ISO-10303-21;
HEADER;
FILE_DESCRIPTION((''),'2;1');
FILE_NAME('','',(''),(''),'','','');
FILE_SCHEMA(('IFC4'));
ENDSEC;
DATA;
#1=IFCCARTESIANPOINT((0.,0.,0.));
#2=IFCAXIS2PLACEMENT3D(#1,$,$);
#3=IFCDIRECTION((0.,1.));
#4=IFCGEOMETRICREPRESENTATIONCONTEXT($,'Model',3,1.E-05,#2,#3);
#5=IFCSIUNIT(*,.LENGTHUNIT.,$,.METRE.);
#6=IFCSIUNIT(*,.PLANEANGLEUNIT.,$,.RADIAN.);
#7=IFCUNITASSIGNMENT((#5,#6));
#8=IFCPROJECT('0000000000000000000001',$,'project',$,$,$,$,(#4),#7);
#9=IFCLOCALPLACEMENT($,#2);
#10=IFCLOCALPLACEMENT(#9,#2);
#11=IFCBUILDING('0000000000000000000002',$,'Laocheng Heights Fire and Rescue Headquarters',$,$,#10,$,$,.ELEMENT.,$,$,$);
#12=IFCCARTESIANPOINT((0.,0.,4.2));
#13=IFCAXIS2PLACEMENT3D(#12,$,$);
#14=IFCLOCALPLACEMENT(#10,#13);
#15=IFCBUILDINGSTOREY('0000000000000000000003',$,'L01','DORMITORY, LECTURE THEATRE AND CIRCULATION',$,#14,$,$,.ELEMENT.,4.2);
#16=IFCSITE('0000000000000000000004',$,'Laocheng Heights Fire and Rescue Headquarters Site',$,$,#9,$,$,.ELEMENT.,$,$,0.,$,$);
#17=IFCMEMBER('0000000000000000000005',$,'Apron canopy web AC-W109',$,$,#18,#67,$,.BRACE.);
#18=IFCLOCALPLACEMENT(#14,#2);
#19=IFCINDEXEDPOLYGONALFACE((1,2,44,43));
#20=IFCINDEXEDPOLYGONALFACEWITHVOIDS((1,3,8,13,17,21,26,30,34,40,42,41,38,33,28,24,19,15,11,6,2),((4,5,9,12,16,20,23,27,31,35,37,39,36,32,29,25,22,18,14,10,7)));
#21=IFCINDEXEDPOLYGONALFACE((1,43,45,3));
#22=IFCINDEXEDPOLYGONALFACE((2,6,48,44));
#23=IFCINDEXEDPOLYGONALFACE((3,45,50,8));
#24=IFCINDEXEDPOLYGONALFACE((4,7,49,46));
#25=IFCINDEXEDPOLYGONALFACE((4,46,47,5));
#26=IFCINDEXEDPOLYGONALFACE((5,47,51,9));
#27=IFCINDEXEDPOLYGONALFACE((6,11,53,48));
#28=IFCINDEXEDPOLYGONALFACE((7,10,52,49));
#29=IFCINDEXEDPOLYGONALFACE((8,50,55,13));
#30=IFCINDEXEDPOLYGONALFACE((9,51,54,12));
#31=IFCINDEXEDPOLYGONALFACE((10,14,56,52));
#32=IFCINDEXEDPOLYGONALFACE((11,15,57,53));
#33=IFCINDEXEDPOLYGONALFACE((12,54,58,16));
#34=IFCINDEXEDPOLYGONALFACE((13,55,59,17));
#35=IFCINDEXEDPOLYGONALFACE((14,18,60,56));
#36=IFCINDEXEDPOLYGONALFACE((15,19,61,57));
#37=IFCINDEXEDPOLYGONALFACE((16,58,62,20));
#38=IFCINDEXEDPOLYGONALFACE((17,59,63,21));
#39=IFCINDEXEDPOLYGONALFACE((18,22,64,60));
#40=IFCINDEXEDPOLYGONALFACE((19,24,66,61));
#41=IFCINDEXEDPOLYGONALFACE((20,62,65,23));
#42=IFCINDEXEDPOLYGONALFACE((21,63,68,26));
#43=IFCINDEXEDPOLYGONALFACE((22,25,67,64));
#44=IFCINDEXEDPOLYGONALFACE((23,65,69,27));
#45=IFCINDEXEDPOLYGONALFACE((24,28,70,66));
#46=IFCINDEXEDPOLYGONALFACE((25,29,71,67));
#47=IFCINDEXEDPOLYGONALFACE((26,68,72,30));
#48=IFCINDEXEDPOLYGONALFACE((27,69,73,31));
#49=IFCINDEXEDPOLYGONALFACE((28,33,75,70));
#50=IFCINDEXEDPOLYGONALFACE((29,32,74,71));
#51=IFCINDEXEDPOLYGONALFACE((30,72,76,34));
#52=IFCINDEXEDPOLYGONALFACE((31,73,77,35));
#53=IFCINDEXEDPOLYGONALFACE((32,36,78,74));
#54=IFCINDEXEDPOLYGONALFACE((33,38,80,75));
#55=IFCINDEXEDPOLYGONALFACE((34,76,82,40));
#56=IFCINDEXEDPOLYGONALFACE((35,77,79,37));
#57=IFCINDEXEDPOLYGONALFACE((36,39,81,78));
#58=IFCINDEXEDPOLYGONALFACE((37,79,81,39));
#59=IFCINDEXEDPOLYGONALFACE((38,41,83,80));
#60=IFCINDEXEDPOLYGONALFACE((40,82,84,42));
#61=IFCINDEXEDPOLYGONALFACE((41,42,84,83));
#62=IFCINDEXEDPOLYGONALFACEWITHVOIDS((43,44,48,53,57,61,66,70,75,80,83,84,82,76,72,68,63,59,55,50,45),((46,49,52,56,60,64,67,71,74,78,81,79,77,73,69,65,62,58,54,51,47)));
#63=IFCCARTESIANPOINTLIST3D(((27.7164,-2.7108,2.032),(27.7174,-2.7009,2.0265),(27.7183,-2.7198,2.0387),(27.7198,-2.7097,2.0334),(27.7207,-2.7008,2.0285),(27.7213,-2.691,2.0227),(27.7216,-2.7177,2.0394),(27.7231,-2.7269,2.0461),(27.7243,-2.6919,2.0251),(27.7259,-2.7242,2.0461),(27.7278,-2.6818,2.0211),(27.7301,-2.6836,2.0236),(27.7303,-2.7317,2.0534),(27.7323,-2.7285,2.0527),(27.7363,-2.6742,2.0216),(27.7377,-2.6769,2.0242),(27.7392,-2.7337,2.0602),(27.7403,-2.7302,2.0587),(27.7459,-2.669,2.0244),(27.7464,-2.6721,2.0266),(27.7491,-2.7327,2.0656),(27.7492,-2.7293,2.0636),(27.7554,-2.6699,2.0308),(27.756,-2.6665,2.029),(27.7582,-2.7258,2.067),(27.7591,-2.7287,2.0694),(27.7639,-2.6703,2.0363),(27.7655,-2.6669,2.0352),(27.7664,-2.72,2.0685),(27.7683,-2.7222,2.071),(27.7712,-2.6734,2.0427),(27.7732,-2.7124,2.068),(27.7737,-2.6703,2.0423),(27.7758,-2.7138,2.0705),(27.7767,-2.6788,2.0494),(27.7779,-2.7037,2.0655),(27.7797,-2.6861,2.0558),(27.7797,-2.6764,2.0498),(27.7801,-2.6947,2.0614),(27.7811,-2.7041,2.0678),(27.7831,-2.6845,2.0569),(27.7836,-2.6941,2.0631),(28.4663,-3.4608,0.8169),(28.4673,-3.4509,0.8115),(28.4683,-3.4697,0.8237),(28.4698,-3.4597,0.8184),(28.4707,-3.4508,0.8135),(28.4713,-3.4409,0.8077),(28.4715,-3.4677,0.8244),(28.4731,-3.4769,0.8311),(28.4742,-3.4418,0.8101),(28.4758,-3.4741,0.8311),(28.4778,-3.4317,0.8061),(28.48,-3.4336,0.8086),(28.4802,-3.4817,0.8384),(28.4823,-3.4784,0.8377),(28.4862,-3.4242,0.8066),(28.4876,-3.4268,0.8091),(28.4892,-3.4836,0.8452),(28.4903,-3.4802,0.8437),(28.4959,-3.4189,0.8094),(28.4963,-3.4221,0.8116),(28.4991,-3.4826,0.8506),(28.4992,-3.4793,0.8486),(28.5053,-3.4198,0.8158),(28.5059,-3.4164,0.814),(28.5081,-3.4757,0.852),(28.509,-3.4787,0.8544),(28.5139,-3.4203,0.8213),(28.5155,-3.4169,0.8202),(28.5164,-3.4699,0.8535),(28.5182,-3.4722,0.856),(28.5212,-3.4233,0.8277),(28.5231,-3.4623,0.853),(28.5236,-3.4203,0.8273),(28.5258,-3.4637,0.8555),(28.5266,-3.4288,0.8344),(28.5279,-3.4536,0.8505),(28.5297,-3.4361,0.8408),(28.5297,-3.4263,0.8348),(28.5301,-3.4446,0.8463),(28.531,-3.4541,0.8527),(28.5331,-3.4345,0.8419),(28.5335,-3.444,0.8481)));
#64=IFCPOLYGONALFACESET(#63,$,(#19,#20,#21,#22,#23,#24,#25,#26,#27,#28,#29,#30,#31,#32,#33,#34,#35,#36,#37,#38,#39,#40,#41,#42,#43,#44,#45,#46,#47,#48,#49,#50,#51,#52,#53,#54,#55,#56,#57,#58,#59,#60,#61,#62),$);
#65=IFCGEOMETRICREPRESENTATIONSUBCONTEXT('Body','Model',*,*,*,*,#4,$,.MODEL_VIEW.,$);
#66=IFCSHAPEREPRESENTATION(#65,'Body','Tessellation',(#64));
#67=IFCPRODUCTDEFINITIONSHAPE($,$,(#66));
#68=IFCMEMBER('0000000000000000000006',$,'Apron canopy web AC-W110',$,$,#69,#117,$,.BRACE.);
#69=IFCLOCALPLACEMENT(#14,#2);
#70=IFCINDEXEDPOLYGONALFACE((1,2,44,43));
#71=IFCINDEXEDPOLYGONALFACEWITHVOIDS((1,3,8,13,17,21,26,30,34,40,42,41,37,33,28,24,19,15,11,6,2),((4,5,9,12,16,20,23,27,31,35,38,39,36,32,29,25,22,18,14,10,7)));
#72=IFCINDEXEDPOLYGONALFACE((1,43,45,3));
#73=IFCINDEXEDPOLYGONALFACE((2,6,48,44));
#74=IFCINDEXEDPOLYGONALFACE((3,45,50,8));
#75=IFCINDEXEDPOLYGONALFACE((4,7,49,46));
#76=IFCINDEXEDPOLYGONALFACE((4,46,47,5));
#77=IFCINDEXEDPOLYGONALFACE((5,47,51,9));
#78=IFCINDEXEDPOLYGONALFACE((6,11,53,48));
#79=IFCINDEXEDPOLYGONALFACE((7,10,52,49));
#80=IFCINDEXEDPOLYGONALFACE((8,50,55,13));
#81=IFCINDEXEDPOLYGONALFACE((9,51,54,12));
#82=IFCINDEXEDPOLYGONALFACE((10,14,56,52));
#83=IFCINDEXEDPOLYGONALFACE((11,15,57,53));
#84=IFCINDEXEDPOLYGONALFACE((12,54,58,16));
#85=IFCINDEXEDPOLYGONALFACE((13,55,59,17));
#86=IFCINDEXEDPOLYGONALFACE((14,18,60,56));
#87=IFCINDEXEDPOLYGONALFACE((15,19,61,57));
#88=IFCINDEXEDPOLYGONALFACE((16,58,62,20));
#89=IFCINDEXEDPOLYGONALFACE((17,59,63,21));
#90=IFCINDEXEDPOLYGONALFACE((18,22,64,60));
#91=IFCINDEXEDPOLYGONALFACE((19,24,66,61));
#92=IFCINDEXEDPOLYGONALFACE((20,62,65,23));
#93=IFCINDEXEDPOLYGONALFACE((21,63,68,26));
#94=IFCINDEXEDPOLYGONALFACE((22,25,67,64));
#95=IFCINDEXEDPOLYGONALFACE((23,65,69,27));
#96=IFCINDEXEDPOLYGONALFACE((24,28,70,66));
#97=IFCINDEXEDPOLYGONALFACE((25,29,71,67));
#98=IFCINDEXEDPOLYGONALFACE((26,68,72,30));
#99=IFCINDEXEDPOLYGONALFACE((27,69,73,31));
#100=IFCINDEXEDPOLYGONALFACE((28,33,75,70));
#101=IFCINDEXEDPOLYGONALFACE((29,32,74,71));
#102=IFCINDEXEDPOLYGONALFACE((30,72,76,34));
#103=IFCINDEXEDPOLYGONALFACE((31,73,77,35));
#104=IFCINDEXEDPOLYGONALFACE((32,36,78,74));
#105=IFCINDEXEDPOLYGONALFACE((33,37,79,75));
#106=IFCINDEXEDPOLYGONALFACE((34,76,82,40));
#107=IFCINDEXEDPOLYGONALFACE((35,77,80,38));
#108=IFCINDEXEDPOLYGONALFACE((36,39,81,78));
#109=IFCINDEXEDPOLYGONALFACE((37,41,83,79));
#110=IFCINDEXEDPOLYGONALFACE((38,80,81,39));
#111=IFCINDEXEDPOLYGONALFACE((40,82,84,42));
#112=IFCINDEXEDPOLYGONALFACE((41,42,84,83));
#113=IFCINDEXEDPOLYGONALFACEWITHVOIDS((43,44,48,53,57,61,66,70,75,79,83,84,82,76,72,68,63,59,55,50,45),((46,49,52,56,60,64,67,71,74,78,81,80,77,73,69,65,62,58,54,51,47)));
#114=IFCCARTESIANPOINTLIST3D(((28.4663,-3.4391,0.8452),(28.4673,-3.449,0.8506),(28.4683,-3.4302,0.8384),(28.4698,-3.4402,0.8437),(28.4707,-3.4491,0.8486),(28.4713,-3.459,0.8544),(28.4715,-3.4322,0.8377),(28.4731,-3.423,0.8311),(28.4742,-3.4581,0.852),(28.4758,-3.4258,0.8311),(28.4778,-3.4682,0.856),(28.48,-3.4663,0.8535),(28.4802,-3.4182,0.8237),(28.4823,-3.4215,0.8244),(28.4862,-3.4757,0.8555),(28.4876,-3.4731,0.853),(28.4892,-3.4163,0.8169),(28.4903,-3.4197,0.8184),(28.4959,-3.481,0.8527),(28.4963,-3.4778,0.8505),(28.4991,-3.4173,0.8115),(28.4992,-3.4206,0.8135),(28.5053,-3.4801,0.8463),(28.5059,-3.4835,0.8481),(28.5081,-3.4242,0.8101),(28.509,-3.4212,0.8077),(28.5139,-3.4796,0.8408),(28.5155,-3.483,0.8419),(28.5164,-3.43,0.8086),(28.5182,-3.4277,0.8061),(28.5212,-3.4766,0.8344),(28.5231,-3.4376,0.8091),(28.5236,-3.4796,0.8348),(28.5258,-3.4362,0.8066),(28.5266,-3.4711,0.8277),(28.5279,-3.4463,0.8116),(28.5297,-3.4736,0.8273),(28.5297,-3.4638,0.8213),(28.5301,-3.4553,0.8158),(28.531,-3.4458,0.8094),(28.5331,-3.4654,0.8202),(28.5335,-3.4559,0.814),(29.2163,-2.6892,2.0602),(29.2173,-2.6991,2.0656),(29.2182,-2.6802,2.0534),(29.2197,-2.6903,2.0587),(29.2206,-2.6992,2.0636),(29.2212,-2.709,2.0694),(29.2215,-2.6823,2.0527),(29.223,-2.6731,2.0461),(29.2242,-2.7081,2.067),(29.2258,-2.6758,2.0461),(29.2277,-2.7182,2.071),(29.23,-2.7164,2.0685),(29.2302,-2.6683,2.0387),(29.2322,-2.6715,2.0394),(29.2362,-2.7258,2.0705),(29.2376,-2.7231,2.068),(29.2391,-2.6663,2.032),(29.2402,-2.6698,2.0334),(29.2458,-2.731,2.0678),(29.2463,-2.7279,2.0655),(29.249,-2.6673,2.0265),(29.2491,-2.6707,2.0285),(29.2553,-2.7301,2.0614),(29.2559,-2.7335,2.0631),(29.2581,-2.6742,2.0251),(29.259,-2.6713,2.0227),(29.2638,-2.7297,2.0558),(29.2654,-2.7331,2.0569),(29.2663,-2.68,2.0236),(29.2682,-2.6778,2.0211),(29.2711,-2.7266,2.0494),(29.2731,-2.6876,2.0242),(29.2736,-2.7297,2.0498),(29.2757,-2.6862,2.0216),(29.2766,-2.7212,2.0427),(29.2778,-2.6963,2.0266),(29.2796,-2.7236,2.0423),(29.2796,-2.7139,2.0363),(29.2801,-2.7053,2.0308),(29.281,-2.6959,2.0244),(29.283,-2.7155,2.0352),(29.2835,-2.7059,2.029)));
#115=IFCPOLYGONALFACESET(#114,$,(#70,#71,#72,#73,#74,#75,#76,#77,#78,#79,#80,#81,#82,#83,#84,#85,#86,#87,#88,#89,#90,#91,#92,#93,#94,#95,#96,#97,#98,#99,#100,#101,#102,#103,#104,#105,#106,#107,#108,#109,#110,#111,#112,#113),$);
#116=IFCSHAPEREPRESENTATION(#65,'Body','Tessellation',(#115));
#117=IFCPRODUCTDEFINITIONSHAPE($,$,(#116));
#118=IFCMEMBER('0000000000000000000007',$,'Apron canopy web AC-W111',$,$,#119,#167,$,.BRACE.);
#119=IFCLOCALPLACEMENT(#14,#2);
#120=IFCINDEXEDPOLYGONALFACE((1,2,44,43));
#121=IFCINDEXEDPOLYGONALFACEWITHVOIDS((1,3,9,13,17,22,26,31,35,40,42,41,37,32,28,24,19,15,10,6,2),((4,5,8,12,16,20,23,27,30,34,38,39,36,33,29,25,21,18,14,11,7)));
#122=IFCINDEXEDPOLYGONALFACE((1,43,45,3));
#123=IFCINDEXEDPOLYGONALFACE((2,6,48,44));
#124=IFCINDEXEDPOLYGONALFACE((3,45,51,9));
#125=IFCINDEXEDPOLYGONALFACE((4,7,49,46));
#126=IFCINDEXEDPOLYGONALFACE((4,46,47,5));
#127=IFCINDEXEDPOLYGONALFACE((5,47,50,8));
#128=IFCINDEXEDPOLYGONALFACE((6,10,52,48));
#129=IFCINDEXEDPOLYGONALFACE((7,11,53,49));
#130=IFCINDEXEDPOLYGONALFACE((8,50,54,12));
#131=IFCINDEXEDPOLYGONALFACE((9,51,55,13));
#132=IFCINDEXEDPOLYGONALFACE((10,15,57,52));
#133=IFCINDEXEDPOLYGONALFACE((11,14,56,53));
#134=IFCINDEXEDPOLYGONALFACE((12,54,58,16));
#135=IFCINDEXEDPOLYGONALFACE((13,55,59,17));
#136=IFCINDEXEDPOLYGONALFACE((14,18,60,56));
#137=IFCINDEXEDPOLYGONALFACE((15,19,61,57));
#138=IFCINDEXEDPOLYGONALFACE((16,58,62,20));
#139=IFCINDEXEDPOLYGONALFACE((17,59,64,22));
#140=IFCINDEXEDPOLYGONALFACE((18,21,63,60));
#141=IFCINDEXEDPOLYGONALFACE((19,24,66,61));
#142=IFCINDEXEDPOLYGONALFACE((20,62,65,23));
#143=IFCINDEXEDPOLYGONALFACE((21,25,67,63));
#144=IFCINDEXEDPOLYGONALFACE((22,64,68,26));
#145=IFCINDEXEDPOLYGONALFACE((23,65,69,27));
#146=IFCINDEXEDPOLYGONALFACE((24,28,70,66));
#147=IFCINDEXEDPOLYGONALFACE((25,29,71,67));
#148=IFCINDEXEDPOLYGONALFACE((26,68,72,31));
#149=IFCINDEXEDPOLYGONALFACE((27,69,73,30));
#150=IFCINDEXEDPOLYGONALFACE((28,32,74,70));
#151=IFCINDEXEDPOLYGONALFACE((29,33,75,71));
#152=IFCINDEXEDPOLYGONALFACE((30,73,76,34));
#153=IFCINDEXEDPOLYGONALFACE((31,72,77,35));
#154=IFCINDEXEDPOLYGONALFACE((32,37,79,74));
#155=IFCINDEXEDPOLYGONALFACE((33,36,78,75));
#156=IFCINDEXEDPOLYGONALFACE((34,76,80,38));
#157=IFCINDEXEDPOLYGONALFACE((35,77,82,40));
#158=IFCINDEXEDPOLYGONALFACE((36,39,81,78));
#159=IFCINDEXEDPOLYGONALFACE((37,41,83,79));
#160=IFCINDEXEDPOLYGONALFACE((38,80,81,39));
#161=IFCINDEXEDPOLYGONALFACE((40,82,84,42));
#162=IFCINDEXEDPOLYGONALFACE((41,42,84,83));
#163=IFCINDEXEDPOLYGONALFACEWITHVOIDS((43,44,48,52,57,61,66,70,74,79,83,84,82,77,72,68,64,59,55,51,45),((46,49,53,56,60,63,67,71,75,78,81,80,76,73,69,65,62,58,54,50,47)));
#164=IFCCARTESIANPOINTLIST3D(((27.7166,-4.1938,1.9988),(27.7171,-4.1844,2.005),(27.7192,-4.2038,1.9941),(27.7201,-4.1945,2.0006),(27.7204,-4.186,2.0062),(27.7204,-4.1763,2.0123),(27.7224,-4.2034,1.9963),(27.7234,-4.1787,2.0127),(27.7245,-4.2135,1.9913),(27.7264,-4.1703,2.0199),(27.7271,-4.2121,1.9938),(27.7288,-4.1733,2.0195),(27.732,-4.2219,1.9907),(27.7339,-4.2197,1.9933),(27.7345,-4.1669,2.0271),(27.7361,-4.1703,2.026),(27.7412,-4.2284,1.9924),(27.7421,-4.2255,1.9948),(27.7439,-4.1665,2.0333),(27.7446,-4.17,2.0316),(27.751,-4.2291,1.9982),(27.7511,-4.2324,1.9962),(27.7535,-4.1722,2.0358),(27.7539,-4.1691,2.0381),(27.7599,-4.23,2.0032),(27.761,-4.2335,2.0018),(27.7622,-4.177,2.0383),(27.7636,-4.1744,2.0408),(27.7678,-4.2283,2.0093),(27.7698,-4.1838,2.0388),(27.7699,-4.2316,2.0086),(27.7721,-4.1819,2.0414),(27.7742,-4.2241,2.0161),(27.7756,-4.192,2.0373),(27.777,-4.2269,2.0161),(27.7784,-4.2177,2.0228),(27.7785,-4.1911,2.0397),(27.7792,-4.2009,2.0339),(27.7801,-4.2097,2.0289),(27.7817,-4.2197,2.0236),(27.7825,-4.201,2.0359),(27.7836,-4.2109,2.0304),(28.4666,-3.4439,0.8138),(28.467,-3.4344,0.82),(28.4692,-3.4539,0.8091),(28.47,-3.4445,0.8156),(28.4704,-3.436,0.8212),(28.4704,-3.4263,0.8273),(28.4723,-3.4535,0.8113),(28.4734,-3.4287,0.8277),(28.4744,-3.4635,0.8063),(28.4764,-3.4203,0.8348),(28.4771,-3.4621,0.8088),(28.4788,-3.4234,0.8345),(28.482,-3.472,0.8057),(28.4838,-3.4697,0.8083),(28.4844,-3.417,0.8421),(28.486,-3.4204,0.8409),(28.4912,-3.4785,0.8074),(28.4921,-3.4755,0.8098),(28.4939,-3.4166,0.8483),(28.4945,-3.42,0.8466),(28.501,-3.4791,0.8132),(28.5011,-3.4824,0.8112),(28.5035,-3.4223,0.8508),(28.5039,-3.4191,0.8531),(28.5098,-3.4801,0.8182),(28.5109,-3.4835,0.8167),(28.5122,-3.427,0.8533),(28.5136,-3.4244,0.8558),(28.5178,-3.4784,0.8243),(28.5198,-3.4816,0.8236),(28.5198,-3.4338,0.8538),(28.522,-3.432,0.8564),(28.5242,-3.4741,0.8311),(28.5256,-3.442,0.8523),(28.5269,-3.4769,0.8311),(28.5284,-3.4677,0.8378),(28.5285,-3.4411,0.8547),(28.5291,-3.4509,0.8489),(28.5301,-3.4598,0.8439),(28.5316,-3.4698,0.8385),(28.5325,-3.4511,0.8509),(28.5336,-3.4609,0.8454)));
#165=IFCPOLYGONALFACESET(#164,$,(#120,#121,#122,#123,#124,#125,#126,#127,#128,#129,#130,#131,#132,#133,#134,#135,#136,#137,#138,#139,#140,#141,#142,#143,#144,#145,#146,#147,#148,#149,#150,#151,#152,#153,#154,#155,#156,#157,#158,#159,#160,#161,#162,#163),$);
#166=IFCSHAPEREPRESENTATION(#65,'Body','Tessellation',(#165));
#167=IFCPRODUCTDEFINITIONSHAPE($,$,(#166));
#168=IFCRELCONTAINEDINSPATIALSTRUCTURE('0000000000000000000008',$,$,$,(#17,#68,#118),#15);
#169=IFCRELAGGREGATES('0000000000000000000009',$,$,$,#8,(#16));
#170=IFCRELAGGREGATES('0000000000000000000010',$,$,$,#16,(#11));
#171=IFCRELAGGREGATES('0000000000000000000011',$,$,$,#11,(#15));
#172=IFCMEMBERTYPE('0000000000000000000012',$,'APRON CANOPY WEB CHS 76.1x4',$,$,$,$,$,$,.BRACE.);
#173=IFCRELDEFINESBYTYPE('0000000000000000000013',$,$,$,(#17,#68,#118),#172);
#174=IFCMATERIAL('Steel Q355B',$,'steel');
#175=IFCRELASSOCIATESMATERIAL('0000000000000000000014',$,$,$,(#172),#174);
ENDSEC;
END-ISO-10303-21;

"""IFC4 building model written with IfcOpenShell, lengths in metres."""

from ifc_helpers import new_model, si_unit, direction, frame, origin, origin_2d, place, context, subcontext, project, spatial, hollow_circle, extrude, material, material_profile, profile_set, type_object, element, save


model = new_model("IFC4")

# Units and contexts
model_context = context("Model", 3, precision=1e-05, world=origin(), true_north=direction((0.0, 1.0)))
body_context = subcontext(model_context, "Body", "Model", "MODEL_VIEW")
ifc_project = project(units=[si_unit("LENGTHUNIT", "METRE"), si_unit("PLANEANGLEUNIT", "RADIAN")], contexts=[model_context])

# Site, building, storey
site_placement = place(None, origin())
site = spatial("IfcSite", under=ifc_project, at=site_placement, Name="Laocheng Heights Fire and Rescue Headquarters Site", CompositionType="ELEMENT", RefElevation=0.0)
building_placement = place(site_placement, origin())
building = spatial("IfcBuilding", under=site, at=building_placement, Name="Laocheng Heights Fire and Rescue Headquarters", CompositionType="ELEMENT")
storey_placement = place(building_placement, frame((0.0, 0.0, 4.2)))
storey = spatial("IfcBuildingStorey", under=building, at=storey_placement, Name="L01", Description="DORMITORY, LECTURE THEATRE AND CIRCULATION", CompositionType="ELEMENT", Elevation=4.2)

# Members
ifc_material_1 = material(Name="Steel Q355B", Category="steel")
ifc_material_profile_1 = material_profile(ifc_material_1, hollow_circle(Radius=0.0381, WallThickness=0.0039, at=origin_2d()), Name="CHS 76.1x4")
ifc_profile_set_1 = profile_set([ifc_material_profile_1], Name="Steel Q355B")
member_type_1 = type_object("IfcMemberType", Name="APRON CANOPY WEB CHS 76.1x4", PredefinedType="BRACE", material=ifc_profile_set_1)
for number, where, z_axis, x_axis, name in (
    (1, (28.5, -3.45, 0.8311), (-0.465002, 0.465002, 0.753357), (-0.707107, -0.707107, 0.0), "Apron canopy web AC-W109"),
    (2, (28.5, -3.45, 0.8311), (0.465002, 0.465002, 0.753357), (-0.707107, 0.707107, 0.0), "Apron canopy web AC-W110"),
):
    element("IfcMember", number, at=place(storey_placement, frame(where, z_axis=z_axis, x_axis=x_axis)), inside=storey, type_object=member_type_1, Name=name, PredefinedType="BRACE", context=body_context, shape_type="SweptSolid", body=[
        extrude(hollow_circle(Radius=0.0381, WallThickness=0.0039, at=origin_2d()), origin(), (0.0, 0.0, 1.0), 1.6128),
    ])
for number, where, z_axis, x_axis, name in (
    (3, (28.5, -3.45, 0.8311), (-0.47158, -0.47158, 0.745134), (0.707107, -0.707107, 0.0), "Apron canopy web AC-W111"),
):
    element("IfcMember", number, at=place(storey_placement, frame(where, z_axis=z_axis, x_axis=x_axis)), inside=storey, type_object=member_type_1, Name=name, PredefinedType="BRACE", context=body_context, shape_type="SweptSolid", body=[
        extrude(hollow_circle(Radius=0.0381, WallThickness=0.0039, at=origin_2d()), origin(), (0.0, 0.0, 1.0), 1.5903),
    ])

save(model, "model.ifc")
